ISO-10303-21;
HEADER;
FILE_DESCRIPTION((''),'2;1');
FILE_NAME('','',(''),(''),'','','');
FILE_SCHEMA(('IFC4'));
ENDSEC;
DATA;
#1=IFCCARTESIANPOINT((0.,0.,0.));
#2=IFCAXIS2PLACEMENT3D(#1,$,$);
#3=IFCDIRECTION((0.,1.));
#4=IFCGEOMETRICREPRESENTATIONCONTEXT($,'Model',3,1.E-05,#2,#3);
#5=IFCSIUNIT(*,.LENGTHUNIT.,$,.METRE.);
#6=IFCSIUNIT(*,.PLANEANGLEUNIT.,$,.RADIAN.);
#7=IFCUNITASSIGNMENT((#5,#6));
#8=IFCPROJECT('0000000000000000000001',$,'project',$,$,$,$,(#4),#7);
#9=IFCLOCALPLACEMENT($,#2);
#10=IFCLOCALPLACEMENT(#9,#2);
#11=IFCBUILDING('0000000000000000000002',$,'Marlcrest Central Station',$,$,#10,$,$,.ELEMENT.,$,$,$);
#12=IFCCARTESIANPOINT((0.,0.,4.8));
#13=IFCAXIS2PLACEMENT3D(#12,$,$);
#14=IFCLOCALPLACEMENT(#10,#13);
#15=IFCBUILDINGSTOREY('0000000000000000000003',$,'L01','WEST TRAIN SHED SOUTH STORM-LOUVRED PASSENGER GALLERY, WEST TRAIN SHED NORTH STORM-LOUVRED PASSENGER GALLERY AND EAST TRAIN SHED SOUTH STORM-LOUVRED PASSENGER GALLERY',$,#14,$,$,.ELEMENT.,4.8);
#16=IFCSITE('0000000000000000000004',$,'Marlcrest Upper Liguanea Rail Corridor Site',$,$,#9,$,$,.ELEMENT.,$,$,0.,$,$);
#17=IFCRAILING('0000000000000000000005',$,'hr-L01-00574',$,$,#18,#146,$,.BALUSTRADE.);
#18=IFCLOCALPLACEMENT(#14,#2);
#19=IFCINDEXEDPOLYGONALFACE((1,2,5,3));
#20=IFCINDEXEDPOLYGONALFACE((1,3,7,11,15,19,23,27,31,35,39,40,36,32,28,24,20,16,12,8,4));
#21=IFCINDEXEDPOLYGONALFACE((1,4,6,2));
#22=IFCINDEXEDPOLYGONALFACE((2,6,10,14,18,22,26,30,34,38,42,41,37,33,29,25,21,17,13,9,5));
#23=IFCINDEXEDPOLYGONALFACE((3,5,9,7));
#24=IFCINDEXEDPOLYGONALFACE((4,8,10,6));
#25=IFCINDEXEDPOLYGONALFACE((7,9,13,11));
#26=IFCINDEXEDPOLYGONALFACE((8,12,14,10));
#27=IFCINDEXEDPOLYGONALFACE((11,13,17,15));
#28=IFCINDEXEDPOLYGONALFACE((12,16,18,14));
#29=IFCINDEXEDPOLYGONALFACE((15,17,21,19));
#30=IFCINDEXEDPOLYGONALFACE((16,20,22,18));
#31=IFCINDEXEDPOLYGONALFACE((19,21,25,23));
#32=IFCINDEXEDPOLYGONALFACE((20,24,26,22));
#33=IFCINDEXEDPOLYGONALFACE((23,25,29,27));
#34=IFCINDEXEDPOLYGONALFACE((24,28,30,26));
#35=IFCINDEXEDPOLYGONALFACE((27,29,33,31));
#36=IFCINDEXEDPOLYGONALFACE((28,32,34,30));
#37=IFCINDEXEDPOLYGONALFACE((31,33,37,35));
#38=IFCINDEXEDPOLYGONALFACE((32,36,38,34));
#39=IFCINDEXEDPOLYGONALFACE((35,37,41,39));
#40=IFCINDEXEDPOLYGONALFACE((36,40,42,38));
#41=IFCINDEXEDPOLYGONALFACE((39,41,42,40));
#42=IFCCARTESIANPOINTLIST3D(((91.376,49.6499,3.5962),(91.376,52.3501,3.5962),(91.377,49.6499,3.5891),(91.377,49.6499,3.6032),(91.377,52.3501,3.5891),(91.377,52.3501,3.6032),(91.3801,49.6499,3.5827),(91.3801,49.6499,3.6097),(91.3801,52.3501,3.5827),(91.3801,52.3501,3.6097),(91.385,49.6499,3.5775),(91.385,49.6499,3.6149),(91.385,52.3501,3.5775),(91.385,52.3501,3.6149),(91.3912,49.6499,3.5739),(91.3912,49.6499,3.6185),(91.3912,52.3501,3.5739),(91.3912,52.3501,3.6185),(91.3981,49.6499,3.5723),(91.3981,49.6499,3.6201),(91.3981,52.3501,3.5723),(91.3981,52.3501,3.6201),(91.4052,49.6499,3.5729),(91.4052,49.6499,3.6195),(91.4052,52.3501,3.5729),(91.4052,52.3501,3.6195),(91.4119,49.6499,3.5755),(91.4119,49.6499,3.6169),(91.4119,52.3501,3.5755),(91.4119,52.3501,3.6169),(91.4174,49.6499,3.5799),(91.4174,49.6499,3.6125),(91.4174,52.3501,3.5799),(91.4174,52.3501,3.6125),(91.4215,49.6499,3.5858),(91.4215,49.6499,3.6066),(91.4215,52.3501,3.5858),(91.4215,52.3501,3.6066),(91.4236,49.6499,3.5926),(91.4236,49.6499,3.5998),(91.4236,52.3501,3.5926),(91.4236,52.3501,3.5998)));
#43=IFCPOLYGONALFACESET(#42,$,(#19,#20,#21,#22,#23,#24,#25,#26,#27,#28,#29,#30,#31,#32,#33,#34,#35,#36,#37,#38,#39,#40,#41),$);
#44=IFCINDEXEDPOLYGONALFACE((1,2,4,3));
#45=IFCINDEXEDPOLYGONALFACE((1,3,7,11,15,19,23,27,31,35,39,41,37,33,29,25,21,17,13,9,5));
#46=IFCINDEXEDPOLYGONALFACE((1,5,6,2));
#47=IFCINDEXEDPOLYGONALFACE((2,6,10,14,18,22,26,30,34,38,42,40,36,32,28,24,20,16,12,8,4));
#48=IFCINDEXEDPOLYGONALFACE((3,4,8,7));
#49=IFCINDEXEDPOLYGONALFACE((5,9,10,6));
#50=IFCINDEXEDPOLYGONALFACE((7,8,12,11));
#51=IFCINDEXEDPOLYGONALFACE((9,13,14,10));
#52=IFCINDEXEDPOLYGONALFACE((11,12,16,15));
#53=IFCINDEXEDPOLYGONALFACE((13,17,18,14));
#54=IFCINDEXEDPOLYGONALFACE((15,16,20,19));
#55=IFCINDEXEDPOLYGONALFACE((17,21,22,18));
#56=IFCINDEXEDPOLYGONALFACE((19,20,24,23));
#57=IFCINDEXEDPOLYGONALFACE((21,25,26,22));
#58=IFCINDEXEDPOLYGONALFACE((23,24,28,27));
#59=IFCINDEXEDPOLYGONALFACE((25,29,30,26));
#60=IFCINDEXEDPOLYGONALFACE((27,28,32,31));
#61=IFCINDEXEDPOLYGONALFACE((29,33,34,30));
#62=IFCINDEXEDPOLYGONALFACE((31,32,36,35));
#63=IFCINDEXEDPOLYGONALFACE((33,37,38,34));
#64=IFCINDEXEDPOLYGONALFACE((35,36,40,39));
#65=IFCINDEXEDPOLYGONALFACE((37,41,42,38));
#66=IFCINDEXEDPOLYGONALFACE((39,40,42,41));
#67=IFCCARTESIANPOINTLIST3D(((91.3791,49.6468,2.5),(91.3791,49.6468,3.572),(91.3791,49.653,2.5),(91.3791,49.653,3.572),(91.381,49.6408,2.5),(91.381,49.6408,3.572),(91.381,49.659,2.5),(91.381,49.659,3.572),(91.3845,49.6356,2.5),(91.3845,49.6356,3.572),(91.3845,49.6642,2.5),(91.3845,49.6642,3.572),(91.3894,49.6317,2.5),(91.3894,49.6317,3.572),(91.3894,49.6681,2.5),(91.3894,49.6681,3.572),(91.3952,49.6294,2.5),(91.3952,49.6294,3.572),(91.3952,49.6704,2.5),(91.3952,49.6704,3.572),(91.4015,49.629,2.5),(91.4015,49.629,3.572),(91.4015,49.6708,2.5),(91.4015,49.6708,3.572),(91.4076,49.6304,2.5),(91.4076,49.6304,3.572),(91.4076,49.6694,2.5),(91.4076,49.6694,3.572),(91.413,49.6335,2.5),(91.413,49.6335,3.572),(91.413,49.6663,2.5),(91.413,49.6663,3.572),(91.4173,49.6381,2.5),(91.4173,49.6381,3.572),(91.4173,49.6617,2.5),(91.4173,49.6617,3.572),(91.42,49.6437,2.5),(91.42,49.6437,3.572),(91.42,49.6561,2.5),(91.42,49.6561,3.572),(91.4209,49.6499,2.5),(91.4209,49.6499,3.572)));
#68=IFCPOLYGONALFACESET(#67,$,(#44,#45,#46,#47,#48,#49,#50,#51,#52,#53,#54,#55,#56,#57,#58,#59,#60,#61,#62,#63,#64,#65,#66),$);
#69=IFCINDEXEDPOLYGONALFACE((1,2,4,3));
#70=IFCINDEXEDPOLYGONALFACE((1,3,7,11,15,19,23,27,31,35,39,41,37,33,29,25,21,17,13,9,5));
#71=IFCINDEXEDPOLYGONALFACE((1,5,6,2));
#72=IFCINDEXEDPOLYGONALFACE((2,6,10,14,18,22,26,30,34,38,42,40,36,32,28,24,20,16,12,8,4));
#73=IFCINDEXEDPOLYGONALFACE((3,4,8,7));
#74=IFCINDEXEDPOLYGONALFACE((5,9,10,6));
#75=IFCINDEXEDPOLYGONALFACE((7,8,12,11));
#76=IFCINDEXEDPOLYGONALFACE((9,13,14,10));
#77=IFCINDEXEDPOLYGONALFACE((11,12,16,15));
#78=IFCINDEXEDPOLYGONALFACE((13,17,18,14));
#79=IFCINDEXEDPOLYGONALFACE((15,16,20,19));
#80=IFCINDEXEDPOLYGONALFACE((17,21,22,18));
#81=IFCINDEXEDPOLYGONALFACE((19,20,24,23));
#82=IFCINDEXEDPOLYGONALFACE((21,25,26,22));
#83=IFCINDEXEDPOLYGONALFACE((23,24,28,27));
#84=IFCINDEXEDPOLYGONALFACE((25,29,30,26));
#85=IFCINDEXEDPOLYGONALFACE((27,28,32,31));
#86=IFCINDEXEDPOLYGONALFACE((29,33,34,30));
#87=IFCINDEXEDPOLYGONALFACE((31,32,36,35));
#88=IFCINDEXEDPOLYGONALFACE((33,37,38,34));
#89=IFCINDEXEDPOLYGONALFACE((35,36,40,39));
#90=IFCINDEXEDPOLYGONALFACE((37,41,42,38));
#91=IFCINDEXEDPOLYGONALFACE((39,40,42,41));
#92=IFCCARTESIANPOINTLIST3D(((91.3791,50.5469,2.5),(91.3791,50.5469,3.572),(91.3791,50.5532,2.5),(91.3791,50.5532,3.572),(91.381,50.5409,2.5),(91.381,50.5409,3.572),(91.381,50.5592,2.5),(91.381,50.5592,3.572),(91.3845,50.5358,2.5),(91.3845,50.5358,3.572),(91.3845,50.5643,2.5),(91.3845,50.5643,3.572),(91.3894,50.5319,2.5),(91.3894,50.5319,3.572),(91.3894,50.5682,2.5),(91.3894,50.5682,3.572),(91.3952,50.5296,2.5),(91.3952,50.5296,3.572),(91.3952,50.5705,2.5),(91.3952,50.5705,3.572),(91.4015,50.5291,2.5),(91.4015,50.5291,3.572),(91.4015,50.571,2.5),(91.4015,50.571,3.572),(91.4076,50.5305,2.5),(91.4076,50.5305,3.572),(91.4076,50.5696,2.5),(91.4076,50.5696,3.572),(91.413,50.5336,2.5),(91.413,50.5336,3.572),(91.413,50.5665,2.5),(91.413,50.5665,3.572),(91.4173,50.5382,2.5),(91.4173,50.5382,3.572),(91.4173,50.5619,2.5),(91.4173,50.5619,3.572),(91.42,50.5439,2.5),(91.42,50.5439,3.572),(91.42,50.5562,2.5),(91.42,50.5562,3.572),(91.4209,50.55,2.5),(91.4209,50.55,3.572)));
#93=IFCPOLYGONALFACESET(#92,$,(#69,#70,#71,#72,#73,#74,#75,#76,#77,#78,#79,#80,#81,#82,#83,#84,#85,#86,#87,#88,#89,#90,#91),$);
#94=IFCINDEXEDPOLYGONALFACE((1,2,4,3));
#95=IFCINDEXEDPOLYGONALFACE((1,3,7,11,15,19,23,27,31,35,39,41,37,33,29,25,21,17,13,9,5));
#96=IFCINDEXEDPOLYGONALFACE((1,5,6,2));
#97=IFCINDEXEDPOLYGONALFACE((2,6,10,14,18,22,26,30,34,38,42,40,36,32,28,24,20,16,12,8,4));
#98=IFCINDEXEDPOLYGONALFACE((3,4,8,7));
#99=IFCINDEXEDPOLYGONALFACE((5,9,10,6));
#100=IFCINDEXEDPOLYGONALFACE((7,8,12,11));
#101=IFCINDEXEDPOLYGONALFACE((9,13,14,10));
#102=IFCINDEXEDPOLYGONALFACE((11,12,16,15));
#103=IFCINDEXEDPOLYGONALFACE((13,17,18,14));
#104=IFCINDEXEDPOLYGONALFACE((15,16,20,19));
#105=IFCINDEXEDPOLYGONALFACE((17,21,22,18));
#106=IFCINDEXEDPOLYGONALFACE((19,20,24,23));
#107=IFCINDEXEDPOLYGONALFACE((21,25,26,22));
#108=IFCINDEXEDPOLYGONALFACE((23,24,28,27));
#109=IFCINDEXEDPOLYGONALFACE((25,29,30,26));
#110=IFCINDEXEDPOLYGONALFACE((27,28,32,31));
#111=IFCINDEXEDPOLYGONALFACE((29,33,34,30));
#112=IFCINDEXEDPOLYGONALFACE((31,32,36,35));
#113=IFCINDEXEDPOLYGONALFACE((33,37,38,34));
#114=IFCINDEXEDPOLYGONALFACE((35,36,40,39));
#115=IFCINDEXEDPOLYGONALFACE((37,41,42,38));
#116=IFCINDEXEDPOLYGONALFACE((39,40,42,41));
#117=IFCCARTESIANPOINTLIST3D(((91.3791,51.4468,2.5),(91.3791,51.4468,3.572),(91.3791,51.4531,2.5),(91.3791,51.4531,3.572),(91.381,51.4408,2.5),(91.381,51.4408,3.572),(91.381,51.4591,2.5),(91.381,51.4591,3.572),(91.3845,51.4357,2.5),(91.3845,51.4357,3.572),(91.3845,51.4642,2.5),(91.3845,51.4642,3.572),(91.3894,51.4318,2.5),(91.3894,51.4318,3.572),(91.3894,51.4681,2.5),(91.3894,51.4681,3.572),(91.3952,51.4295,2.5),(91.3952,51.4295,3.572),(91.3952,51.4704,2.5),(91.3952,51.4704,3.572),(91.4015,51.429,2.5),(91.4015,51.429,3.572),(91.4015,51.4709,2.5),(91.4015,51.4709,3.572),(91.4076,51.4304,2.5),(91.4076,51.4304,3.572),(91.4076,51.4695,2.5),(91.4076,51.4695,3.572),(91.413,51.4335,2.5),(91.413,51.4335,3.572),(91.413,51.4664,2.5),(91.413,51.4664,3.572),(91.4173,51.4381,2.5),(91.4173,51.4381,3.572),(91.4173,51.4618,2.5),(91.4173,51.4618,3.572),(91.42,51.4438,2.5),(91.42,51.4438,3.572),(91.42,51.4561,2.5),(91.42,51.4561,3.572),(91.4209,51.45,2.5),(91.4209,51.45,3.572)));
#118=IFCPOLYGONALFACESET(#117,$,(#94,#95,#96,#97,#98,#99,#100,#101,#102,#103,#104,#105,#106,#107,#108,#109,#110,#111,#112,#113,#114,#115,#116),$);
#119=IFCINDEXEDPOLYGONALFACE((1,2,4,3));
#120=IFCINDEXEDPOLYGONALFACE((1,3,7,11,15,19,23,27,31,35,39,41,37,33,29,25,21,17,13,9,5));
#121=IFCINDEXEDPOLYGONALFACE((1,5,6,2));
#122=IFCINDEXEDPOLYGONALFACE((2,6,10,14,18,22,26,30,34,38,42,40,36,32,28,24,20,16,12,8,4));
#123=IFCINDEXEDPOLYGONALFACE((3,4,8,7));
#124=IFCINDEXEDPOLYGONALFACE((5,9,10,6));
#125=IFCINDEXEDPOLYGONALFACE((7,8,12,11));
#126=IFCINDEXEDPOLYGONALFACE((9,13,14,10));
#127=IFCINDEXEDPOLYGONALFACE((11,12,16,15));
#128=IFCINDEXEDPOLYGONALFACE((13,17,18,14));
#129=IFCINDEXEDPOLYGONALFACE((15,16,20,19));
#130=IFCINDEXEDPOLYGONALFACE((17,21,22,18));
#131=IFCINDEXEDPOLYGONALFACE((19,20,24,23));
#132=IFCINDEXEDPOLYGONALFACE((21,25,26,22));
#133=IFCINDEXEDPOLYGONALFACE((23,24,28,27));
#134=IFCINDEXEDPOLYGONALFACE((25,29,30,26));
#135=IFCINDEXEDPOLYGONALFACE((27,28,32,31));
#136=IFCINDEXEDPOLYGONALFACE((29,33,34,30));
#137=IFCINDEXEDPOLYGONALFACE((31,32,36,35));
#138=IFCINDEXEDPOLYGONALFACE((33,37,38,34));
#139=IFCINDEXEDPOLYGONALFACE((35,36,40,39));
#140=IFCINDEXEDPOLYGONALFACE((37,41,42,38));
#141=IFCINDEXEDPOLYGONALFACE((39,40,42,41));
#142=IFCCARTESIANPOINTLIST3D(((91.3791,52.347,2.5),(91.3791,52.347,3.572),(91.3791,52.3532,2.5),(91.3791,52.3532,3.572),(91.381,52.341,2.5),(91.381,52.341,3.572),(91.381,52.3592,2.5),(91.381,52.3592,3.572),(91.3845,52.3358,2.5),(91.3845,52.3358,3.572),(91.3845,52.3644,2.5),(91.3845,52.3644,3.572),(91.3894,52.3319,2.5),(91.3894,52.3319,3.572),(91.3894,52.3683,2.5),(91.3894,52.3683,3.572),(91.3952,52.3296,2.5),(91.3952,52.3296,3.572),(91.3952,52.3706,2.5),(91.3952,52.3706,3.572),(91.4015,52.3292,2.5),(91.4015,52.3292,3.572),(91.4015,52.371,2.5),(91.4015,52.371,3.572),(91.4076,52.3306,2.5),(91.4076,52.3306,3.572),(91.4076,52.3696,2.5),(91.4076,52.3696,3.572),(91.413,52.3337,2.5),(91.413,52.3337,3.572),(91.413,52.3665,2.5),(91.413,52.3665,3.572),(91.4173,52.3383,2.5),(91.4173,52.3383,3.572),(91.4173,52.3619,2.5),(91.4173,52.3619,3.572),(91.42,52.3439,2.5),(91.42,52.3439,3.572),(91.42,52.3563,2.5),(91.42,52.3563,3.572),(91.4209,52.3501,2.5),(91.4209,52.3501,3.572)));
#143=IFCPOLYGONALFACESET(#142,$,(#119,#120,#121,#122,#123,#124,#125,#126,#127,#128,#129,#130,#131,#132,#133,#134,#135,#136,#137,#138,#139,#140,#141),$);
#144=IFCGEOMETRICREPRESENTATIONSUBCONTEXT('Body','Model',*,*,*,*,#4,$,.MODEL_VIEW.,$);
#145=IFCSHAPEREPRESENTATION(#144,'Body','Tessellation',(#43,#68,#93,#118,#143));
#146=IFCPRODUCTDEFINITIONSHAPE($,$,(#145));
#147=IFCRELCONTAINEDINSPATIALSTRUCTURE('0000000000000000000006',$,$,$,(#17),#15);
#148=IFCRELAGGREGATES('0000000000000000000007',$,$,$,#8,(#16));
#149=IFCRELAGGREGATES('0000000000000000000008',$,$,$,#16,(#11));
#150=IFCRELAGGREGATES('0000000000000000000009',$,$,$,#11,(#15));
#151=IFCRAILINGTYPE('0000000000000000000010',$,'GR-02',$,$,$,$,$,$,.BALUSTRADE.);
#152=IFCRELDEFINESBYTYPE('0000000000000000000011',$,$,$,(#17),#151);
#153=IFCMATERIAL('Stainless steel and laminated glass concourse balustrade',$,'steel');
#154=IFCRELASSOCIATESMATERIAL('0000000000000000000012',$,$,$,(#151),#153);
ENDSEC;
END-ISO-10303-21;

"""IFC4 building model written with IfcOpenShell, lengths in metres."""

from ifc_helpers import new_model, si_unit, direction, frame, origin, origin_2d, place, context, subcontext, project, spatial, circle, extrude, material, type_object, element, save


model = new_model("IFC4")

# Units and contexts
model_context = context("Model", 3, precision=1e-05, world=origin(), true_north=direction((0.0, 1.0)))
body_context = subcontext(model_context, "Body", "Model", "MODEL_VIEW")
ifc_project = project(units=[si_unit("LENGTHUNIT", "METRE"), si_unit("PLANEANGLEUNIT", "RADIAN")], contexts=[model_context])

# Site, building, storey
site_placement = place(None, origin())
site = spatial("IfcSite", under=ifc_project, at=site_placement, Name="Marlcrest Upper Liguanea Rail Corridor Site", CompositionType="ELEMENT", RefElevation=0.0)
building_placement = place(site_placement, origin())
building = spatial("IfcBuilding", under=site, at=building_placement, Name="Marlcrest Central Station", CompositionType="ELEMENT")
storey_placement = place(building_placement, frame((0.0, 0.0, 4.8)))
storey = spatial("IfcBuildingStorey", under=building, at=storey_placement, Name="L01", Description="WEST TRAIN SHED SOUTH STORM-LOUVRED PASSENGER GALLERY, WEST TRAIN SHED NORTH STORM-LOUVRED PASSENGER GALLERY AND EAST TRAIN SHED SOUTH STORM-LOUVRED PASSENGER GALLERY", CompositionType="ELEMENT", Elevation=4.8)

# Railing
ifc_material_1 = material(Name="Stainless steel and laminated glass concourse balustrade", Category="steel")
railing_type_1 = type_object("IfcRailingType", Name="GR-02", PredefinedType="BALUSTRADE", material=ifc_material_1)
railing_1_placement = place(storey_placement, frame((91.3999, 49.6499, 2.5)))
element("IfcRailing", 1, at=railing_1_placement, inside=storey, type_object=railing_type_1, Name="hr-L01-00574", PredefinedType="BALUSTRADE", context=body_context, shape_type="SweptSolid", body=[
    extrude(circle(Radius=0.0239, at=origin_2d()), frame((0.0, 0.0, 1.0962), z_axis=(0.0, 1.0, 0.0), x_axis=(-1.0, 0.0, 0.0)), (0.0, 0.0, 1.0), 2.7002),
    extrude(circle(Radius=0.021, at=origin_2d()), origin(), (0.0, 0.0, 1.0), 1.072),
    extrude(circle(Radius=0.021, at=origin_2d()), frame((0.0, 0.9001, 0.0)), (0.0, 0.0, 1.0), 1.072),
    extrude(circle(Radius=0.021, at=origin_2d()), frame((0.0, 1.8, 0.0)), (0.0, 0.0, 1.0), 1.072),
    extrude(circle(Radius=0.021, at=origin_2d()), frame((0.0, 2.7002, 0.0)), (0.0, 0.0, 1.0), 1.072),
])

save(model, "model.ifc")
